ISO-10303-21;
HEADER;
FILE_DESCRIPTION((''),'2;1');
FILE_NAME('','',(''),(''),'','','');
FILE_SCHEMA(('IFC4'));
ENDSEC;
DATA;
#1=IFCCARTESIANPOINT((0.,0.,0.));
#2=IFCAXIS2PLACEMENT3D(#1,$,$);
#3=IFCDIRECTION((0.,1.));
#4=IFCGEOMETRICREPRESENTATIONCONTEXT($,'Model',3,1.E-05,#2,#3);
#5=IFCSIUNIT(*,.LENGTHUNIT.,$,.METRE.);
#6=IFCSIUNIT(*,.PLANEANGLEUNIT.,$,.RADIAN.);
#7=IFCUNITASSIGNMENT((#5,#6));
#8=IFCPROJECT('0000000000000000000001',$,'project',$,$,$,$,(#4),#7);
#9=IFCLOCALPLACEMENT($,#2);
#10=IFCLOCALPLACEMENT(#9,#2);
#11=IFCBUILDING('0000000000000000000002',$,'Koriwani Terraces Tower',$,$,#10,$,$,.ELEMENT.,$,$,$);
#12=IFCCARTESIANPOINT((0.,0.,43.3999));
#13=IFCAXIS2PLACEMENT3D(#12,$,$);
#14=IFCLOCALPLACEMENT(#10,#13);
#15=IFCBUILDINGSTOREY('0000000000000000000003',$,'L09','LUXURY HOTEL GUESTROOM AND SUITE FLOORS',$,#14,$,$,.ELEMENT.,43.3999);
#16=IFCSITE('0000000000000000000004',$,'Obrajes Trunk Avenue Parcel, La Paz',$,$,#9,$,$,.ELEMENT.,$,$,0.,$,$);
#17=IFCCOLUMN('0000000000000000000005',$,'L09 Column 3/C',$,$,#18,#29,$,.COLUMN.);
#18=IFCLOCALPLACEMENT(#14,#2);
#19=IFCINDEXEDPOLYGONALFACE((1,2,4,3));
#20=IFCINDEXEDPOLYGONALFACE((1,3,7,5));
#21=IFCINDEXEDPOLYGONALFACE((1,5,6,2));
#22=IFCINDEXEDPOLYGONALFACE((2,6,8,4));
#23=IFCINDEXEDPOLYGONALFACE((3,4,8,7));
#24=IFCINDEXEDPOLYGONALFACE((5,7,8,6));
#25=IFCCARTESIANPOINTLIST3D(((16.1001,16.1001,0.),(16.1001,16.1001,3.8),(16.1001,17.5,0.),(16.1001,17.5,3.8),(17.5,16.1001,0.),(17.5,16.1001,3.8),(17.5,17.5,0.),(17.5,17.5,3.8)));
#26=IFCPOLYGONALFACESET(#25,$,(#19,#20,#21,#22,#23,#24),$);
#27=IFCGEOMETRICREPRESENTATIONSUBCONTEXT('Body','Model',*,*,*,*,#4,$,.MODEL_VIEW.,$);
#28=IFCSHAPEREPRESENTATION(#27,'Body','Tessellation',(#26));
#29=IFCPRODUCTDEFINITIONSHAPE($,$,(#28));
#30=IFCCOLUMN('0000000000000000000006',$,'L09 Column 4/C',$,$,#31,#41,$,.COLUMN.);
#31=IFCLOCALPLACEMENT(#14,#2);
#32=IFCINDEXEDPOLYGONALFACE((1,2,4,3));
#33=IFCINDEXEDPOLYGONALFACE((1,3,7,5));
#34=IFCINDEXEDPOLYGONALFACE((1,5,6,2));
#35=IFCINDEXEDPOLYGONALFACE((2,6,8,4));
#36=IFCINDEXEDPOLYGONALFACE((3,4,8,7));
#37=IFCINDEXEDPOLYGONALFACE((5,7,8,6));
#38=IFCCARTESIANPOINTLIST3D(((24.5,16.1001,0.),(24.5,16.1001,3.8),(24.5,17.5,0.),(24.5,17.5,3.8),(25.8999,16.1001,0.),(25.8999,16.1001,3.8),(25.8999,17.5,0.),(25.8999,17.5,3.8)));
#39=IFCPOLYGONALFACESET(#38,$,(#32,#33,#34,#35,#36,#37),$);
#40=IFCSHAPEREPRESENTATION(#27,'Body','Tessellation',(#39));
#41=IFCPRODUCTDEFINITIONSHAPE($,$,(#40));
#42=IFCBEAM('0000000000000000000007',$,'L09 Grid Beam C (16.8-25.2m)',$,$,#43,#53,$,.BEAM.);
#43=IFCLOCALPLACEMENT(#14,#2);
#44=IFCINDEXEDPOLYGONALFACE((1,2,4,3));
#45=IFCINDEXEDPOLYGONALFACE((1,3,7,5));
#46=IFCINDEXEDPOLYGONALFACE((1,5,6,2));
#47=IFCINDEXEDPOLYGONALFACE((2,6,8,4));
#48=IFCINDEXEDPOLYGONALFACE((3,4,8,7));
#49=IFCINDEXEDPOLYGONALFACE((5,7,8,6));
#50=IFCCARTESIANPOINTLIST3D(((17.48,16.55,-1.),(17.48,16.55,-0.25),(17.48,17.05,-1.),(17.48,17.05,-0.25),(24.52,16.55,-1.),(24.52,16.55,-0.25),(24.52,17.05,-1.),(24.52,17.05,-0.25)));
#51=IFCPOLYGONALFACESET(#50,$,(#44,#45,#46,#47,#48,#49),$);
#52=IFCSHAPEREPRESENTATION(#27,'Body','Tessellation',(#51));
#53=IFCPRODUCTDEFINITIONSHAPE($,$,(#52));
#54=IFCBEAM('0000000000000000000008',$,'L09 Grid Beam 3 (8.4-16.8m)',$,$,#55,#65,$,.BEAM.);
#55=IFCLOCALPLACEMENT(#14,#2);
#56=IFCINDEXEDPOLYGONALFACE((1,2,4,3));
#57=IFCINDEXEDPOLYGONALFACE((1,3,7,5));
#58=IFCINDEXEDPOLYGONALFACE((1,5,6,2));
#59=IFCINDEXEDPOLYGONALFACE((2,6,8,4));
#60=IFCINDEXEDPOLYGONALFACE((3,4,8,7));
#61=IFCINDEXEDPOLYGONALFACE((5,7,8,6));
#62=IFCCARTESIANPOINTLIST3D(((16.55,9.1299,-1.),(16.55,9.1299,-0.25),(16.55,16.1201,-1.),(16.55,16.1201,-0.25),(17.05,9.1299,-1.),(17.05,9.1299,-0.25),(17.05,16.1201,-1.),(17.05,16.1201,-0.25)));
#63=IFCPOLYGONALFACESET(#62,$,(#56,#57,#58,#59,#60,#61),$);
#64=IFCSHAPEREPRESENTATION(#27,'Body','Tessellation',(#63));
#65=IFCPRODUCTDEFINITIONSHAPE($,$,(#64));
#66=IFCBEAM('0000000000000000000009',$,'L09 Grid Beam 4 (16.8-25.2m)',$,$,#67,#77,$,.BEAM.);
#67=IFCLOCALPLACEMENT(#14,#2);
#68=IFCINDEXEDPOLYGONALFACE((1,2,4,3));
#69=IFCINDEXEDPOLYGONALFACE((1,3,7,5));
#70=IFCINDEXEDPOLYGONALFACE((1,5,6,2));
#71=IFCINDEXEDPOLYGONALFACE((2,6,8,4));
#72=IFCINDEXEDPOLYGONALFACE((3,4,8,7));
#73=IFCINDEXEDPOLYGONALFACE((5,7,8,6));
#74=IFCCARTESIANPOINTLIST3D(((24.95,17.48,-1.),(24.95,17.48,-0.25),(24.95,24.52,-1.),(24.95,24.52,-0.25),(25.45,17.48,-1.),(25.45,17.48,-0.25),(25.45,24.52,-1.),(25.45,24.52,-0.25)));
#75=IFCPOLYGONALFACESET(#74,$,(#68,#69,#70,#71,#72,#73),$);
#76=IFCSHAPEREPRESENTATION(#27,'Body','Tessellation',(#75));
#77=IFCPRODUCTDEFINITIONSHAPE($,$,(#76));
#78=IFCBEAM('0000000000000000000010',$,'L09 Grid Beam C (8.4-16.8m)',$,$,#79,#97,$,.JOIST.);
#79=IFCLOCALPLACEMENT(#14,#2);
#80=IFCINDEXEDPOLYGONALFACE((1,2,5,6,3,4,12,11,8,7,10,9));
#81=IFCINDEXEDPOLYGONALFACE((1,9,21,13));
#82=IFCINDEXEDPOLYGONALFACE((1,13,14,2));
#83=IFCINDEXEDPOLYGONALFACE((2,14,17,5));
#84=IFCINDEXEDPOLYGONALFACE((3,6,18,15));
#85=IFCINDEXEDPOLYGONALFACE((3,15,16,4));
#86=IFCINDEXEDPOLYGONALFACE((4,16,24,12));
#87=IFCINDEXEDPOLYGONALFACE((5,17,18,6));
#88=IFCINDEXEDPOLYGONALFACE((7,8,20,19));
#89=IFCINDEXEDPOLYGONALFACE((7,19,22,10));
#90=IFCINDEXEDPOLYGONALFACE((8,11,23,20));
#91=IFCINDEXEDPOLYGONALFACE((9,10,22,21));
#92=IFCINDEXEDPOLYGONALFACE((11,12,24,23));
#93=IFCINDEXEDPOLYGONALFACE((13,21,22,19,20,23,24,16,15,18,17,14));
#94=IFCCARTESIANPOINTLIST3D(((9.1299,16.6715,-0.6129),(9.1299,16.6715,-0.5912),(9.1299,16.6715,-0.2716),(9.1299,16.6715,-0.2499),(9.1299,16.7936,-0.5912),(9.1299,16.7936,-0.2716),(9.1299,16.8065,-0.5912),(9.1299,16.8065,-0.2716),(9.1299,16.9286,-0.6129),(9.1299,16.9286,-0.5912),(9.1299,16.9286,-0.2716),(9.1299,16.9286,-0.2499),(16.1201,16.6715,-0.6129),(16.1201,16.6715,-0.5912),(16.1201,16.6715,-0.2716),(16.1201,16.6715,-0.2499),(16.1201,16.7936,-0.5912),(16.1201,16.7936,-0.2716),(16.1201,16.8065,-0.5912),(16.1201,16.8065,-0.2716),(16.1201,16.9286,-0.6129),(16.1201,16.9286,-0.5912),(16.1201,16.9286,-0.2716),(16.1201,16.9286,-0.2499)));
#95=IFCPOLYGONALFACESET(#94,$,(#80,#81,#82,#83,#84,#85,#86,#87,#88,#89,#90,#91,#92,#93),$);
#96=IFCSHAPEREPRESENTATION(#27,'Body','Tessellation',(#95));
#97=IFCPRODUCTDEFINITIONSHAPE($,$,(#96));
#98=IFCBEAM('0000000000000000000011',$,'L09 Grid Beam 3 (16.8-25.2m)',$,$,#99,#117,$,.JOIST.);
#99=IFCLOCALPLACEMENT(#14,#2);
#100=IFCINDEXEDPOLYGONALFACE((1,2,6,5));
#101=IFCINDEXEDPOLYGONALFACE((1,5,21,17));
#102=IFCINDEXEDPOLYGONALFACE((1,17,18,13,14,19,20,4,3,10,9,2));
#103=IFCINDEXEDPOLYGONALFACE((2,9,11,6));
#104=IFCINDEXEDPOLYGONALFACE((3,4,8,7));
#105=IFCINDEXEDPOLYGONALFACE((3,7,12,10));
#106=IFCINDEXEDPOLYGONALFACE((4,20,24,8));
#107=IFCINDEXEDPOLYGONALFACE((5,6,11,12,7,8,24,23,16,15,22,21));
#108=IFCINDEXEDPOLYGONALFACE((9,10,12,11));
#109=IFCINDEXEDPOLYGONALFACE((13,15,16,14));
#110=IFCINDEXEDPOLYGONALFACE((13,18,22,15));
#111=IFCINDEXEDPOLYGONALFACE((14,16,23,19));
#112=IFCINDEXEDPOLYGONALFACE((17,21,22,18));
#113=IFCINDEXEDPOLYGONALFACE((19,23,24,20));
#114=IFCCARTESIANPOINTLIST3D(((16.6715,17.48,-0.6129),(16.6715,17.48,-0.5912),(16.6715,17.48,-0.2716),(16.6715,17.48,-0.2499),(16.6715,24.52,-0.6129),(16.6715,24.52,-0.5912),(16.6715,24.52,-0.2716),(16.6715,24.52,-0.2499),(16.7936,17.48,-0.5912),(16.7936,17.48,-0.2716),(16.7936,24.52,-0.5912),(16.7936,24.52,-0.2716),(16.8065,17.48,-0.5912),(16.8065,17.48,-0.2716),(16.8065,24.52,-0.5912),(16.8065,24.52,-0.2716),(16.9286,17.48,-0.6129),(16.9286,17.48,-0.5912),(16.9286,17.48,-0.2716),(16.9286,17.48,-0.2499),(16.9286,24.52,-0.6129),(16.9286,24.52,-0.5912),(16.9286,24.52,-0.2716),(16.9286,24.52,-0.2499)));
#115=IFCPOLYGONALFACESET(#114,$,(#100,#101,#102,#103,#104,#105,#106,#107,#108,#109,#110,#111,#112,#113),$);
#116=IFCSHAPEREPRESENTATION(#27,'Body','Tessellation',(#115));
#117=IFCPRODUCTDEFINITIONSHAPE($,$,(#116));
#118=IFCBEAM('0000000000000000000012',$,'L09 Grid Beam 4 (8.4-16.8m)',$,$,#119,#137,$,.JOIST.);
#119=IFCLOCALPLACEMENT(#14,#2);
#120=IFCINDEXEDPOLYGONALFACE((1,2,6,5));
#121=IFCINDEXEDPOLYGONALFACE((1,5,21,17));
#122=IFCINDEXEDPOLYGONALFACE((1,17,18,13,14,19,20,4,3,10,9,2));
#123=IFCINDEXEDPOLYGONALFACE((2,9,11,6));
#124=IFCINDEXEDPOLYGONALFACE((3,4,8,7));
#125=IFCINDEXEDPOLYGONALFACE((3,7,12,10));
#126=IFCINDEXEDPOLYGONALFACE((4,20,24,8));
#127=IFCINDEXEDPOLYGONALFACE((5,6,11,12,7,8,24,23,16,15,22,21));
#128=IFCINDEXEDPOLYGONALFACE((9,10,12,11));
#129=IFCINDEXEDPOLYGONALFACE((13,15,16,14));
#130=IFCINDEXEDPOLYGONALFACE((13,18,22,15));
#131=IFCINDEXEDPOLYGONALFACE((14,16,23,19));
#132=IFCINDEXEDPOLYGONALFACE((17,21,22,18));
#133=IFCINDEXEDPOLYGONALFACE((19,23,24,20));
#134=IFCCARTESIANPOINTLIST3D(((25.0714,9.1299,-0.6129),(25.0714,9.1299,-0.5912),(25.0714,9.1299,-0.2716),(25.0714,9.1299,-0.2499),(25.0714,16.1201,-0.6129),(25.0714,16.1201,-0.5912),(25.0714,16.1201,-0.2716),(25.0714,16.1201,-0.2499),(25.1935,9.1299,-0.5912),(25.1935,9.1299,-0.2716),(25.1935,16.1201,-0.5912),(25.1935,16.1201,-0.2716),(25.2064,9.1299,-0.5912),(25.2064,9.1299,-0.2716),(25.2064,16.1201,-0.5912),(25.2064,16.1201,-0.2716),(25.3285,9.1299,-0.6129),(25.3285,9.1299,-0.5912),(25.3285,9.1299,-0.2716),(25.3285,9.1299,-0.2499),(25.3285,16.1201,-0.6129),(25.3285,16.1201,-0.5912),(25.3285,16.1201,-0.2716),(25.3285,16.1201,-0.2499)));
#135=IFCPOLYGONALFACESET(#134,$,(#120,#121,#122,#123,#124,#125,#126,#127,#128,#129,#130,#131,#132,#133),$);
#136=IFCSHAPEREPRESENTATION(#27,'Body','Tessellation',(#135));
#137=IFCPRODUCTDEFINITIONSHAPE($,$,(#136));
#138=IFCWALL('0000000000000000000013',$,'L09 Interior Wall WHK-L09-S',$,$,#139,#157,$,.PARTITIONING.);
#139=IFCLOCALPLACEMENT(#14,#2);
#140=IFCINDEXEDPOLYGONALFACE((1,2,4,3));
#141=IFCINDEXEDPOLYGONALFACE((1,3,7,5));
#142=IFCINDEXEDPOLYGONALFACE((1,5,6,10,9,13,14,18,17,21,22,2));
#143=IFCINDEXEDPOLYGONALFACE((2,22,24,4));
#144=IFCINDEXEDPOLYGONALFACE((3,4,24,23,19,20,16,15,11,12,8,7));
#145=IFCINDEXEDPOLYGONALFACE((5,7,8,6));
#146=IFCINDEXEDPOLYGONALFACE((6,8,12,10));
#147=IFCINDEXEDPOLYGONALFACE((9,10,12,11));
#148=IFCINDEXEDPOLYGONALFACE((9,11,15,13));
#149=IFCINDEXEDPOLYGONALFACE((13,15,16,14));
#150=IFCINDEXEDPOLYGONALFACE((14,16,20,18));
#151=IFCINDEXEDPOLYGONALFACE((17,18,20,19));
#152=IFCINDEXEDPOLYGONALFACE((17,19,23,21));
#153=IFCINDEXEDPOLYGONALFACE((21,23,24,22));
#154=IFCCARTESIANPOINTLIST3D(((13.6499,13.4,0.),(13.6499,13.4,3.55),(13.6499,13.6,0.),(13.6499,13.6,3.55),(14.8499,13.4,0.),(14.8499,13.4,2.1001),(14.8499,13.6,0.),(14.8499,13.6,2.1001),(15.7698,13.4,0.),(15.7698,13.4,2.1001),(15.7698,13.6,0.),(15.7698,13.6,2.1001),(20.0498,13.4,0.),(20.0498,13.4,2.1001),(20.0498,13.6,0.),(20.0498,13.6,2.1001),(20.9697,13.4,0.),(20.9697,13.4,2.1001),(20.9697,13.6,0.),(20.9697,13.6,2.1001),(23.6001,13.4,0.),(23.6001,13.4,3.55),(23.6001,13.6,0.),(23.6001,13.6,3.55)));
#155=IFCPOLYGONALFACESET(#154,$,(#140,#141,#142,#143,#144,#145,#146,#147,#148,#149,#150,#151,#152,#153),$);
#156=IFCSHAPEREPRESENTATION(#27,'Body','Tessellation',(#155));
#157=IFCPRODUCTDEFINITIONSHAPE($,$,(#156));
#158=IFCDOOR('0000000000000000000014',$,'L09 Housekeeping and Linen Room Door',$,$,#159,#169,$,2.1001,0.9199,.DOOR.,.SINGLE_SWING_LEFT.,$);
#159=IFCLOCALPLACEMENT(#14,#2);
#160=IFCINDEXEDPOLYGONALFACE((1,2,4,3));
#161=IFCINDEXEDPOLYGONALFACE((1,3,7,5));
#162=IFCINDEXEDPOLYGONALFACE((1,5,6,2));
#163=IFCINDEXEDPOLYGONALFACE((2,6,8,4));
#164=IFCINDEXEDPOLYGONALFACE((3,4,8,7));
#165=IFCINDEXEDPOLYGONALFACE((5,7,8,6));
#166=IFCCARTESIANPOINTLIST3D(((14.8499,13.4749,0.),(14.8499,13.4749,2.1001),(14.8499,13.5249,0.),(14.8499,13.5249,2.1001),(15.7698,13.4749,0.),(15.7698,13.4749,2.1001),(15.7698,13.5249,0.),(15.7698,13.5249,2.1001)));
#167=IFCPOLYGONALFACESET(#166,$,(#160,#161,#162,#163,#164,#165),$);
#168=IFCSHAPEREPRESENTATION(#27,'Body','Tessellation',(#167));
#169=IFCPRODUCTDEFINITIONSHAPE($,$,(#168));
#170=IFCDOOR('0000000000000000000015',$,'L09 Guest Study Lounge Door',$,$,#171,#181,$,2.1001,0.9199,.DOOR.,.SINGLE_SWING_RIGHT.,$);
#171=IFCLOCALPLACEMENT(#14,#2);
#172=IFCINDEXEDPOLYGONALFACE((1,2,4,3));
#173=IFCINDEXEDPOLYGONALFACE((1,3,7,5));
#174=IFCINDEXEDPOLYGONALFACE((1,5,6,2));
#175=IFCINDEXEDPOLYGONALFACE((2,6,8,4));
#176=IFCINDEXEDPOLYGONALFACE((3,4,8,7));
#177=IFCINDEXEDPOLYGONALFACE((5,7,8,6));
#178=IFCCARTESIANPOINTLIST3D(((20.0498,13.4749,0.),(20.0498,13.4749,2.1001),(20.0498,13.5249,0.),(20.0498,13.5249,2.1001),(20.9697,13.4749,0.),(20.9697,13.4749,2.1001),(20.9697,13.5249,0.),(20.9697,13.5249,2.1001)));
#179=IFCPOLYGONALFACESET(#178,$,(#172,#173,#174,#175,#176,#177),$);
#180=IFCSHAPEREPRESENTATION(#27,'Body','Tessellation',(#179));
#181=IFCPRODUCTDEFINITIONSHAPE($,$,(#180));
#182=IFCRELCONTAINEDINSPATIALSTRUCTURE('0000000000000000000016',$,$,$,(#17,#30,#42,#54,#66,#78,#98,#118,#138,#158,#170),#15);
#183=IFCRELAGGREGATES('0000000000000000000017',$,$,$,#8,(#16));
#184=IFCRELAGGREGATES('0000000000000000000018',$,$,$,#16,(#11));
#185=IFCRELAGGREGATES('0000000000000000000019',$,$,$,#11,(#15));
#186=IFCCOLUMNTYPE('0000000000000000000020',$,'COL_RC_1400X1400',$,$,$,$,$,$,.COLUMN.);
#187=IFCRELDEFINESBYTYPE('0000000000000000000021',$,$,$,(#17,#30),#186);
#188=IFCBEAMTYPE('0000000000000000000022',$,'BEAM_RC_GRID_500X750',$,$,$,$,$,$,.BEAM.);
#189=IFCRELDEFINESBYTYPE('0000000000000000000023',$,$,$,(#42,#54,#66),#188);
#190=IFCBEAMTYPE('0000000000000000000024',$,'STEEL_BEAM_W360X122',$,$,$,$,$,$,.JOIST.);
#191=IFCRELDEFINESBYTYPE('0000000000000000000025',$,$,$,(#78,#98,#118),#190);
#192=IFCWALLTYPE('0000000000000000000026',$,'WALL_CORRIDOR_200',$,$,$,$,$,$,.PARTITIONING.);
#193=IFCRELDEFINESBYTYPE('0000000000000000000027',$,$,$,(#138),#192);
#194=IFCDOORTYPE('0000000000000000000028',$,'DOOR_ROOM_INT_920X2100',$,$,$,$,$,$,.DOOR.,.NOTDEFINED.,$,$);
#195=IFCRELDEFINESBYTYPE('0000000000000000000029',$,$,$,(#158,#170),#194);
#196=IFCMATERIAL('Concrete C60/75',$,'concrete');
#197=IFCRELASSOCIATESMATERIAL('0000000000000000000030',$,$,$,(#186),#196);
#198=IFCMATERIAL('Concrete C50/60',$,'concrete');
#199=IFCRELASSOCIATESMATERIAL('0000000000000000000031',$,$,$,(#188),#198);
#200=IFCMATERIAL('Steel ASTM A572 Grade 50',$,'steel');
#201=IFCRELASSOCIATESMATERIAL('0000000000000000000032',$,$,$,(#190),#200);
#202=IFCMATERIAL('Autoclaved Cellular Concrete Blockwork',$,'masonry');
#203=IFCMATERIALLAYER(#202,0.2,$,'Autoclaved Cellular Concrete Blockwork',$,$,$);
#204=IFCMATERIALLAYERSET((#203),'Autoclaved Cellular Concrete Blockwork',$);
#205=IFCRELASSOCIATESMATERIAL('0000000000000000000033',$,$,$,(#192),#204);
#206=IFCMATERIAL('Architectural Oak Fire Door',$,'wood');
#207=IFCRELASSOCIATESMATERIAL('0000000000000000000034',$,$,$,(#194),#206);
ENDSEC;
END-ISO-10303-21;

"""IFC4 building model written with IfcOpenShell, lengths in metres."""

from ifc_helpers import new_model, si_unit, direction, frame, frame_2d, origin, origin_2d, place, context, subcontext, project, spatial, rectangle, i_section, extrude, material, layer, layer_set, material_profile, profile_set, type_object, element, fill, save


model = new_model("IFC4")

# Units and contexts
model_context = context("Model", 3, precision=1e-05, world=origin(), true_north=direction((0.0, 1.0)))
body_context = subcontext(model_context, "Body", "Model", "MODEL_VIEW")
ifc_project = project(units=[si_unit("LENGTHUNIT", "METRE"), si_unit("PLANEANGLEUNIT", "RADIAN")], contexts=[model_context])

# Site, building, storey
site_placement = place(None, origin())
site = spatial("IfcSite", under=ifc_project, at=site_placement, Name="Obrajes Trunk Avenue Parcel, La Paz", CompositionType="ELEMENT", RefElevation=0.0)
building_placement = place(site_placement, origin())
building = spatial("IfcBuilding", under=site, at=building_placement, Name="Koriwani Terraces Tower", CompositionType="ELEMENT")
storey_placement = place(building_placement, frame((0.0, 0.0, 43.3999)))
storey = spatial("IfcBuildingStorey", under=building, at=storey_placement, Name="L09", Description="LUXURY HOTEL GUESTROOM AND SUITE FLOORS", CompositionType="ELEMENT", Elevation=43.3999)

# Columns
ifc_material_1 = material(Name="Concrete C60/75", Category="concrete")
ifc_material_profile_1 = material_profile(ifc_material_1, rectangle(XDim=1.3999, YDim=1.3999, at=origin_2d()), Name="Concrete C60/75", Category="LoadBearing")
ifc_profile_set_1 = profile_set([ifc_material_profile_1], Name="Concrete C60/75")
column_type = type_object("IfcColumnType", Name="COL_RC_1400X1400", PredefinedType="COLUMN", material=ifc_profile_set_1)
for number, where, z_axis, x_axis, name in (
    (1, (16.8, 16.8, 0.0), (0.0, 0.0, 1.0), (1.0, 0.0, 0.0), "L09 Column 3/C"),
    (2, (25.2, 16.8, 0.0), (0.0, 0.0, 1.0), (1.0, 0.0, 0.0), "L09 Column 4/C"),
):
    element("IfcColumn", number, at=place(storey_placement, frame(where, z_axis=z_axis, x_axis=x_axis)), inside=storey, type_object=column_type, Name=name, PredefinedType="COLUMN", context=body_context, shape_type="SweptSolid", body=[
        extrude(rectangle(XDim=1.3999, YDim=1.3999, at=origin_2d()), origin(), (0.0, 0.0, 1.0), 3.8),
    ])

# Beams
ifc_material_2 = material(Name="Concrete C50/60", Category="concrete")
ifc_material_profile_2 = material_profile(ifc_material_2, rectangle(XDim=0.5, YDim=0.75, at=origin_2d()), Name="Concrete C50/60", Category="LoadBearing")
ifc_profile_set_2 = profile_set([ifc_material_profile_2], Name="Concrete C50/60")
beam_type_1 = type_object("IfcBeamType", Name="BEAM_RC_GRID_500X750", PredefinedType="BEAM", material=ifc_profile_set_2)
beam_1_placement = place(storey_placement, frame((17.48, 16.8, -0.625), z_axis=(1.0, 0.0, 0.0), x_axis=(0.0, 1.0, 0.0)))
element("IfcBeam", 3, at=beam_1_placement, inside=storey, type_object=beam_type_1, Name="L09 Grid Beam C (16.8-25.2m)", PredefinedType="BEAM", context=body_context, shape_type="SweptSolid", body=[
    extrude(rectangle(XDim=0.5, YDim=0.75, at=origin_2d()), origin(), (0.0, 0.0, 1.0), 7.04),
])
beam_2_placement = place(storey_placement, frame((16.8, 9.1299, -0.625), z_axis=(0.0, 1.0, 0.0), x_axis=(-1.0, 0.0, 0.0)))
element("IfcBeam", 4, at=beam_2_placement, inside=storey, type_object=beam_type_1, Name="L09 Grid Beam 3 (8.4-16.8m)", PredefinedType="BEAM", context=body_context, shape_type="SweptSolid", body=[
    extrude(rectangle(XDim=0.5, YDim=0.75, at=origin_2d()), origin(), (0.0, 0.0, 1.0), 6.9902),
])
beam_3_placement = place(storey_placement, frame((25.2, 17.48, -0.625), z_axis=(0.0, 1.0, 0.0), x_axis=(-1.0, 0.0, 0.0)))
element("IfcBeam", 5, at=beam_3_placement, inside=storey, type_object=beam_type_1, Name="L09 Grid Beam 4 (16.8-25.2m)", PredefinedType="BEAM", context=body_context, shape_type="SweptSolid", body=[
    extrude(rectangle(XDim=0.5, YDim=0.75, at=origin_2d()), origin(), (0.0, 0.0, 1.0), 7.04),
])
ifc_material_3 = material(Name="Steel ASTM A572 Grade 50", Category="steel")
ifc_material_profile_3 = material_profile(ifc_material_3, i_section(OverallWidth=0.2571, OverallDepth=0.363, WebThickness=0.0129, FlangeThickness=0.0217, at=origin_2d()), Name="Steel ASTM A572 Grade 50", Category="LoadBearing")
ifc_profile_set_3 = profile_set([ifc_material_profile_3], Name="Steel ASTM A572 Grade 50")
beam_type_2 = type_object("IfcBeamType", Name="STEEL_BEAM_W360X122", PredefinedType="JOIST", material=ifc_profile_set_3)
beam_4_placement = place(storey_placement, frame((9.1299, 16.8, -0.4314), z_axis=(1.0, 0.0, 0.0), x_axis=(0.0, 1.0, 0.0)))
element("IfcBeam", 6, at=beam_4_placement, inside=storey, type_object=beam_type_2, Name="L09 Grid Beam C (8.4-16.8m)", PredefinedType="JOIST", context=body_context, shape_type="SweptSolid", body=[
    extrude(i_section(OverallWidth=0.2571, OverallDepth=0.363, WebThickness=0.0129, FlangeThickness=0.0217, at=origin_2d()), origin(), (0.0, 0.0, 1.0), 6.9902),
])
beam_5_placement = place(storey_placement, frame((16.8, 17.48, -0.4314), z_axis=(0.0, 1.0, 0.0), x_axis=(-1.0, 0.0, 0.0)))
element("IfcBeam", 7, at=beam_5_placement, inside=storey, type_object=beam_type_2, Name="L09 Grid Beam 3 (16.8-25.2m)", PredefinedType="JOIST", context=body_context, shape_type="SweptSolid", body=[
    extrude(i_section(OverallWidth=0.2571, OverallDepth=0.363, WebThickness=0.0129, FlangeThickness=0.0217, at=origin_2d()), origin(), (0.0, 0.0, 1.0), 7.04),
])
beam_6_placement = place(storey_placement, frame((25.2, 9.1299, -0.4314), z_axis=(0.0, 1.0, 0.0), x_axis=(-1.0, 0.0, 0.0)))
element("IfcBeam", 8, at=beam_6_placement, inside=storey, type_object=beam_type_2, Name="L09 Grid Beam 4 (8.4-16.8m)", PredefinedType="JOIST", context=body_context, shape_type="SweptSolid", body=[
    extrude(i_section(OverallWidth=0.2571, OverallDepth=0.363, WebThickness=0.0129, FlangeThickness=0.0217, at=origin_2d()), origin(), (0.0, 0.0, 1.0), 6.9902),
])

# Wall, openings, doors
ifc_material_4 = material(Name="Autoclaved Cellular Concrete Blockwork", Category="masonry")
ifc_layer_1 = layer(ifc_material_4, 0.2, Name="Autoclaved Cellular Concrete Blockwork")
ifc_layer_set_1 = layer_set([ifc_layer_1], Name="Autoclaved Cellular Concrete Blockwork")
wall_type_1 = type_object("IfcWallType", Name="WALL_CORRIDOR_200", PredefinedType="PARTITIONING", material=ifc_layer_set_1)
wall_1_placement = place(storey_placement, frame((13.6499, 13.5, 0.0), z_axis=(0.0, 0.0, 1.0), x_axis=(1.0, 0.0, 0.0)))
wall_1 = element("IfcWall", 9, at=wall_1_placement, inside=storey, type_object=wall_type_1, Name="L09 Interior Wall WHK-L09-S", PredefinedType="PARTITIONING", context=body_context, shape_type="SweptSolid", body=[
    extrude(rectangle(XDim=9.9502, YDim=0.2, at=frame_2d((4.9751, 0.0))), origin(), (0.0, 0.0, 1.0), 3.55),
])
opening_1_placement = place(wall_1_placement, frame((1.2, 0.0, 0.0)))
opening_1 = element("IfcOpeningElement", 10, at=opening_1_placement, cuts=wall_1, PredefinedType="OPENING", context=body_context, shape_type="SweptSolid", body=[
    extrude(rectangle(XDim=0.9199, YDim=2.1001, at=frame_2d((0.46, 1.05))), frame((0.0, 0.1099, 0.0), z_axis=(0.0, -1.0, 0.0), x_axis=(1.0, 0.0, 0.0)), (0.0, 0.0, 1.0), 0.22),
])
opening_2_placement = place(wall_1_placement, frame((6.3999, 0.0, 0.0)))
opening_2 = element("IfcOpeningElement", 11, at=opening_2_placement, cuts=wall_1, PredefinedType="OPENING", context=body_context, shape_type="SweptSolid", body=[
    extrude(rectangle(XDim=0.9199, YDim=2.1001, at=frame_2d((0.46, 1.05))), frame((0.0, 0.1099, 0.0), z_axis=(0.0, -1.0, 0.0), x_axis=(1.0, 0.0, 0.0)), (0.0, 0.0, 1.0), 0.22),
])
ifc_material_5 = material(Name="Architectural Oak Fire Door", Category="wood")
door_type_1 = type_object("IfcDoorType", Name="DOOR_ROOM_INT_920X2100", OperationType="NOTDEFINED", PredefinedType="DOOR", material=ifc_material_5)
door_1_placement = place(opening_1_placement, origin())
door_1 = element("IfcDoor", 12, at=door_1_placement, inside=storey, type_object=door_type_1, Name="L09 Housekeeping and Linen Room Door", OperationType="SINGLE_SWING_LEFT", OverallHeight=2.1001, OverallWidth=0.9199, PredefinedType="DOOR", context=body_context, shape_type="SweptSolid", body=[
    extrude(rectangle(XDim=0.9199, YDim=2.1001, at=frame_2d((0.46, 1.05))), frame((0.0, 0.0249, 0.0), z_axis=(0.0, -1.0, 0.0), x_axis=(1.0, 0.0, 0.0)), (0.0, 0.0, 1.0), 0.05),
])
fill(opening_1, door_1)
door_2_placement = place(opening_2_placement, origin())
door_2 = element("IfcDoor", 13, at=door_2_placement, inside=storey, type_object=door_type_1, Name="L09 Guest Study Lounge Door", OperationType="SINGLE_SWING_RIGHT", OverallHeight=2.1001, OverallWidth=0.9199, PredefinedType="DOOR", context=body_context, shape_type="SweptSolid", body=[
    extrude(rectangle(XDim=0.9199, YDim=2.1001, at=frame_2d((0.46, 1.05))), frame((0.0, 0.0249, 0.0), z_axis=(0.0, -1.0, 0.0), x_axis=(1.0, 0.0, 0.0)), (0.0, 0.0, 1.0), 0.05),
])
fill(opening_2, door_2)

save(model, "model.ifc")
